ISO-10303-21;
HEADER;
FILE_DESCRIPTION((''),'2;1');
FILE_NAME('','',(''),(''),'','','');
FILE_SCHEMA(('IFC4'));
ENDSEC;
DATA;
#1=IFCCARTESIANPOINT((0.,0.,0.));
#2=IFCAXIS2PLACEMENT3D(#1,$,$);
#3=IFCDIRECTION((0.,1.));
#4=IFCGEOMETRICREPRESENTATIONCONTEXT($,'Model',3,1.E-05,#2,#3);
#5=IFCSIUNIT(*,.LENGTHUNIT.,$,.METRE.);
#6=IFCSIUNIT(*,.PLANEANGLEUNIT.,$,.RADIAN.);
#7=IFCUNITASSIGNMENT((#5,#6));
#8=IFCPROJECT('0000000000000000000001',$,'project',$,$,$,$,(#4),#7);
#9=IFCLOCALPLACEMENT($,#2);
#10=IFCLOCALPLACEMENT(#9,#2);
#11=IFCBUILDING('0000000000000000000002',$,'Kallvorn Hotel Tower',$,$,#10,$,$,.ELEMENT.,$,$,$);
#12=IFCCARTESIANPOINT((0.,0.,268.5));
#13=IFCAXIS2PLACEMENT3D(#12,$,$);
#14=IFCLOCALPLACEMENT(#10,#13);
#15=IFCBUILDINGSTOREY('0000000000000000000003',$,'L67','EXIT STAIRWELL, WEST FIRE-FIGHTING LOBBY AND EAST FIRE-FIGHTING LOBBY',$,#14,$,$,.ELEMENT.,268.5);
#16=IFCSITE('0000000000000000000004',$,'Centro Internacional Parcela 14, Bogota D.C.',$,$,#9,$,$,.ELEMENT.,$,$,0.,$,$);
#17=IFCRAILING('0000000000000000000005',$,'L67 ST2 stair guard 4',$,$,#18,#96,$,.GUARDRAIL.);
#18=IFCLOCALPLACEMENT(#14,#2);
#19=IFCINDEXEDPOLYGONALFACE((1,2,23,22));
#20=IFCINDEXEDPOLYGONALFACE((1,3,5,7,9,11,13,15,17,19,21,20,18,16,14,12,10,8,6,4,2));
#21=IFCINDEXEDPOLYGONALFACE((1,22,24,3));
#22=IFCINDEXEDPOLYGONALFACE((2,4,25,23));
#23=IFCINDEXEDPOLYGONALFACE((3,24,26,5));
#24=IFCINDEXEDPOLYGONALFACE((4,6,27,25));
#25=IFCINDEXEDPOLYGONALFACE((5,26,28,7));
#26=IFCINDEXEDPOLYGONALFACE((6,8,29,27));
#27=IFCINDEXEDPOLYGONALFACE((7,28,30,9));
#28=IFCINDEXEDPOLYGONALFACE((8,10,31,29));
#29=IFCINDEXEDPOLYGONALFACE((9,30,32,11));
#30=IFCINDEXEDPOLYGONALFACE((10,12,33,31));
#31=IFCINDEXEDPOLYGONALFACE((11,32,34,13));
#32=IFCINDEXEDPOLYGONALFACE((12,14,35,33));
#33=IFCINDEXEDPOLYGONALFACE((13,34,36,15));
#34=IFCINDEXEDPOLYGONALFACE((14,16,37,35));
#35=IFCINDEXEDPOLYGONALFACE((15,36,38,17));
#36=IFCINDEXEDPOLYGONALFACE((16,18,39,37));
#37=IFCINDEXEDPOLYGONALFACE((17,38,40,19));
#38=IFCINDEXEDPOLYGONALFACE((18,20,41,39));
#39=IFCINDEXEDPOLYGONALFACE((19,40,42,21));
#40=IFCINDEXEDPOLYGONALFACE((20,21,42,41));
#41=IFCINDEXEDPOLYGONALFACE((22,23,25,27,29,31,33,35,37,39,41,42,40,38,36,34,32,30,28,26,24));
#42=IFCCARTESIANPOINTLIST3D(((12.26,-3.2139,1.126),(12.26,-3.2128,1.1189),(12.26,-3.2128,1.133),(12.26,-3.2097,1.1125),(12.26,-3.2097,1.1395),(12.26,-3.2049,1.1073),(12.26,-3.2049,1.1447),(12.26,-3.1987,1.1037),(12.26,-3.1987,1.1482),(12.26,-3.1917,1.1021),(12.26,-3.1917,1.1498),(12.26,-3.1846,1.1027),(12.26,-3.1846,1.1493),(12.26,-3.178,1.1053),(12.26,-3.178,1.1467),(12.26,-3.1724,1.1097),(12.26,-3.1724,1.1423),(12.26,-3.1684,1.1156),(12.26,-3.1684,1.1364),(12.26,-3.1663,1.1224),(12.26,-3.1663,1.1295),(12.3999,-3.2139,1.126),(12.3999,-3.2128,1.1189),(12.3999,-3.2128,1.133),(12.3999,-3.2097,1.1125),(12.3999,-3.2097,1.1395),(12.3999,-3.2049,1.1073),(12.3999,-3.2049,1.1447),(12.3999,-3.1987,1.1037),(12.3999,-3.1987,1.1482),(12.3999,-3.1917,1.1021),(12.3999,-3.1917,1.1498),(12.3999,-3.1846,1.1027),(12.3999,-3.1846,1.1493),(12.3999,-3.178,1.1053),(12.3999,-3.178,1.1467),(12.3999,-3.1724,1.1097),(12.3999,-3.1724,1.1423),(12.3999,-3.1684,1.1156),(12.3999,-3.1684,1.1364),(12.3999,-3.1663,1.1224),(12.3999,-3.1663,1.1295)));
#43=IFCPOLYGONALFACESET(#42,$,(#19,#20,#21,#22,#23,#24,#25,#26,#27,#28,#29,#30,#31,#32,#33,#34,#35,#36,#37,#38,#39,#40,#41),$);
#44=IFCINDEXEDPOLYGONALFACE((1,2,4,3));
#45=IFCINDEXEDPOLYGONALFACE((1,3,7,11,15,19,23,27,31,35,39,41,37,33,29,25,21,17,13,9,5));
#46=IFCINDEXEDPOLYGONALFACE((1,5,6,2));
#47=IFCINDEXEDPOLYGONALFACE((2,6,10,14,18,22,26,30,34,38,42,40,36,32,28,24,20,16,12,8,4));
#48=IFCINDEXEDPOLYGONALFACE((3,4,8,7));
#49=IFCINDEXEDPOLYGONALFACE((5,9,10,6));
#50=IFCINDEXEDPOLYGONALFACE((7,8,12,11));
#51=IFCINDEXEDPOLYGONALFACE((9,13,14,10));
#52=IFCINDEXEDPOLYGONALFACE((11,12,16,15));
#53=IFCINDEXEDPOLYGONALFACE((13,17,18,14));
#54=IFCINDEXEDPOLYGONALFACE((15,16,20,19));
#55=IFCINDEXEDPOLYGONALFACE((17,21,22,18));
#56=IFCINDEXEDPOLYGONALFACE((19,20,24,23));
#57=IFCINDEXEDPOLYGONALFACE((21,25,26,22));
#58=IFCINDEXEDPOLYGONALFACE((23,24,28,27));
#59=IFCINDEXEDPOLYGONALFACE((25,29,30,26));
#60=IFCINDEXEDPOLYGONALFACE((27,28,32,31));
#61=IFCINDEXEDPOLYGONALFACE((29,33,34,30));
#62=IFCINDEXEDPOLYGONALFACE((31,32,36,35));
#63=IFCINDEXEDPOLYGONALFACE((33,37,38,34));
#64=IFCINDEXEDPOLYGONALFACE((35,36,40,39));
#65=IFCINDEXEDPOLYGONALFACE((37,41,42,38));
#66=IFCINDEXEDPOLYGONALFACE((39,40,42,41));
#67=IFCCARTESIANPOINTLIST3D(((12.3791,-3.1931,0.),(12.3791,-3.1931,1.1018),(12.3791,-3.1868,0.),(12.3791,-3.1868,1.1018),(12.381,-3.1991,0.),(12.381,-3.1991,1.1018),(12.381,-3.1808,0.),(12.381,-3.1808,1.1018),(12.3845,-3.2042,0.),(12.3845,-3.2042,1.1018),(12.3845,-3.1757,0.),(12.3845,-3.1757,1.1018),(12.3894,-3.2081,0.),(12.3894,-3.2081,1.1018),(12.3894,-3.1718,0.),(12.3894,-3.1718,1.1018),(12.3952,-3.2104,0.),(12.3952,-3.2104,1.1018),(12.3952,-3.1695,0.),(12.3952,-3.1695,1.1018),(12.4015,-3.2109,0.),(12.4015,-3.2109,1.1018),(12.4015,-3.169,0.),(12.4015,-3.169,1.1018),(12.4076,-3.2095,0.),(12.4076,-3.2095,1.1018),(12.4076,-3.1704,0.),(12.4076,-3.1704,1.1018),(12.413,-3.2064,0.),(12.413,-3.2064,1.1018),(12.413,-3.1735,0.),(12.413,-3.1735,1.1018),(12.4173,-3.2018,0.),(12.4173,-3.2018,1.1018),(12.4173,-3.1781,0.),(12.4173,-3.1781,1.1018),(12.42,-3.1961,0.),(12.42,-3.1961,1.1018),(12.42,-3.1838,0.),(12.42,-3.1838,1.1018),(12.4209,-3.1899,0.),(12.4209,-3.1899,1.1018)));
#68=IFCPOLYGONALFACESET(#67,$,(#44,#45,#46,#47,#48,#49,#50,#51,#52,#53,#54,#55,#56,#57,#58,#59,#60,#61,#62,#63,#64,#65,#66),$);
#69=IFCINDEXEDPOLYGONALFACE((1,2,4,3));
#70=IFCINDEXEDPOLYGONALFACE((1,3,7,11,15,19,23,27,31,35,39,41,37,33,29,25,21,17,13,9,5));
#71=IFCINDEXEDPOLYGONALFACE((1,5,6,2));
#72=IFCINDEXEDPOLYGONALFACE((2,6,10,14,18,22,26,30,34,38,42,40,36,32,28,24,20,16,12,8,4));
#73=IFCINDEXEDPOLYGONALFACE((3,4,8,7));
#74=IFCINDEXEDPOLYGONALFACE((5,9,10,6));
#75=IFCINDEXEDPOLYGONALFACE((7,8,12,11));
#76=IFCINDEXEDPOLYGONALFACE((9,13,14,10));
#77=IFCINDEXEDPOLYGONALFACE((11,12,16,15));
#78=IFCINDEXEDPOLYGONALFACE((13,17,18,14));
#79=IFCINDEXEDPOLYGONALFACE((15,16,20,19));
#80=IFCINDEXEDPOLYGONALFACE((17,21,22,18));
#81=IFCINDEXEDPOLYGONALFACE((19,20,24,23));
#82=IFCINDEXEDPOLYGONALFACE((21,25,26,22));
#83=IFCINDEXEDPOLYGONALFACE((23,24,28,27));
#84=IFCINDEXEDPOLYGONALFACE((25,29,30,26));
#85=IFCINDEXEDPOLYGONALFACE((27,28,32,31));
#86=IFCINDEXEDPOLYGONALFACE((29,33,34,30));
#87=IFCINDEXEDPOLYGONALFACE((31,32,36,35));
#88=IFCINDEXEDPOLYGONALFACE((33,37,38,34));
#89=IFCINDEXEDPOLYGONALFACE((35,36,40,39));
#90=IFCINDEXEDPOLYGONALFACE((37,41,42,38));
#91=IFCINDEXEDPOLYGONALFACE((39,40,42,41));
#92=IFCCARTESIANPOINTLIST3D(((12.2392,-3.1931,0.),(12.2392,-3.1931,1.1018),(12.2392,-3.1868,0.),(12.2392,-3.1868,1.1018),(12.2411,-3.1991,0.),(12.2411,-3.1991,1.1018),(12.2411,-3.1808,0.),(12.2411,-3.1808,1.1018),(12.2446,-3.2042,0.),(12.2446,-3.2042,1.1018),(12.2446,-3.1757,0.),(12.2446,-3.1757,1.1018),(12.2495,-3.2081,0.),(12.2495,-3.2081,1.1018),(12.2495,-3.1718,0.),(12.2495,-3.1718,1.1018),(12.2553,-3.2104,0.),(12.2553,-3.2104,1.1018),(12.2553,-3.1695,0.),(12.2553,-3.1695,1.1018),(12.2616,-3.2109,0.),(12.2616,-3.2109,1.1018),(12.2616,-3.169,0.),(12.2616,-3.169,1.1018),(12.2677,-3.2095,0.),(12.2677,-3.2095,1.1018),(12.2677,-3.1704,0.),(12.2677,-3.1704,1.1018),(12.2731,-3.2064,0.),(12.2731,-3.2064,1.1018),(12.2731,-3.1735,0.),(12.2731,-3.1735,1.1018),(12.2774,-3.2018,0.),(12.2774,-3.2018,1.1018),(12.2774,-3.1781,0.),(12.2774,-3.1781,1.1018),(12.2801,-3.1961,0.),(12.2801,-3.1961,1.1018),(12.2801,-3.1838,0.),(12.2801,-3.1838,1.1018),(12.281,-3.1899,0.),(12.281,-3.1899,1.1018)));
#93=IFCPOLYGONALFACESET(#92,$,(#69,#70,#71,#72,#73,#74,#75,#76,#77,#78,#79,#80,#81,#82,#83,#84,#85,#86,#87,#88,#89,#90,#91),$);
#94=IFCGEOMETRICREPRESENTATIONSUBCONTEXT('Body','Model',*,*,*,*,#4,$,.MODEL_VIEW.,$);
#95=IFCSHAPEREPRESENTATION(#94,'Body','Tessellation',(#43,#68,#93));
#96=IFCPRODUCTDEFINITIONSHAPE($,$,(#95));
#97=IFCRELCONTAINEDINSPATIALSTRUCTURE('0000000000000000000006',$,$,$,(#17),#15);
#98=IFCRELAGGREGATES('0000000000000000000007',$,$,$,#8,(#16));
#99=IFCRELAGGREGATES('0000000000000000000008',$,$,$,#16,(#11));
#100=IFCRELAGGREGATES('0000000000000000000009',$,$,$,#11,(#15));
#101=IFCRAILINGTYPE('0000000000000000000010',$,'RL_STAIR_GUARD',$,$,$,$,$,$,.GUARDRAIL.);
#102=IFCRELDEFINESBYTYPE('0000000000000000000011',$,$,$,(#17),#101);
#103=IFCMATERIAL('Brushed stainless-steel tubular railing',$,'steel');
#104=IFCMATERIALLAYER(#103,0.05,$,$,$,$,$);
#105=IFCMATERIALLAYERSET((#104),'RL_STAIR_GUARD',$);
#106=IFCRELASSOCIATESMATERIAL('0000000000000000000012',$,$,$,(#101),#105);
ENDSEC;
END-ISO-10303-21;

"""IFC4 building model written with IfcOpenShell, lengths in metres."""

from ifc_helpers import new_model, si_unit, direction, frame, origin, origin_2d, place, context, subcontext, project, spatial, circle, extrude, material, layer, layer_set, type_object, element, save


model = new_model("IFC4")

# Units and contexts
model_context = context("Model", 3, precision=1e-05, world=origin(), true_north=direction((0.0, 1.0)))
body_context = subcontext(model_context, "Body", "Model", "MODEL_VIEW")
ifc_project = project(units=[si_unit("LENGTHUNIT", "METRE"), si_unit("PLANEANGLEUNIT", "RADIAN")], contexts=[model_context])

# Site, building, storey
site_placement = place(None, origin())
site = spatial("IfcSite", under=ifc_project, at=site_placement, Name="Centro Internacional Parcela 14, Bogota D.C.", CompositionType="ELEMENT", RefElevation=0.0)
building_placement = place(site_placement, origin())
building = spatial("IfcBuilding", under=site, at=building_placement, Name="Kallvorn Hotel Tower", CompositionType="ELEMENT")
storey_placement = place(building_placement, frame((0.0, 0.0, 268.5)))
storey = spatial("IfcBuildingStorey", under=building, at=storey_placement, Name="L67", Description="EXIT STAIRWELL, WEST FIRE-FIGHTING LOBBY AND EAST FIRE-FIGHTING LOBBY", CompositionType="ELEMENT", Elevation=268.5)

# Railing
ifc_material_1 = material(Name="Brushed stainless-steel tubular railing", Category="steel")
ifc_layer_1 = layer(ifc_material_1, 0.05)
ifc_layer_set_1 = layer_set([ifc_layer_1], Name="RL_STAIR_GUARD")
railing_type_1 = type_object("IfcRailingType", Name="RL_STAIR_GUARD", PredefinedType="GUARDRAIL", material=ifc_layer_set_1)
railing_1_placement = place(storey_placement, frame((12.3999, -3.1899, 0.0)))
element("IfcRailing", 1, at=railing_1_placement, inside=storey, type_object=railing_type_1, Name="L67 ST2 stair guard 4", PredefinedType="GUARDRAIL", context=body_context, shape_type="SweptSolid", body=[
    extrude(circle(Radius=0.0239, at=origin_2d()), frame((0.0, 0.0, 1.126), z_axis=(-1.0, 0.0, 0.0), x_axis=(0.0, -1.0, 0.0)), (0.0, 0.0, 1.0), 0.1399),
    extrude(circle(Radius=0.021, at=origin_2d()), origin(), (0.0, 0.0, 1.0), 1.1018),
    extrude(circle(Radius=0.021, at=origin_2d()), frame((-0.1399, 0.0, 0.0)), (0.0, 0.0, 1.0), 1.1018),
])

save(model, "model.ifc")
